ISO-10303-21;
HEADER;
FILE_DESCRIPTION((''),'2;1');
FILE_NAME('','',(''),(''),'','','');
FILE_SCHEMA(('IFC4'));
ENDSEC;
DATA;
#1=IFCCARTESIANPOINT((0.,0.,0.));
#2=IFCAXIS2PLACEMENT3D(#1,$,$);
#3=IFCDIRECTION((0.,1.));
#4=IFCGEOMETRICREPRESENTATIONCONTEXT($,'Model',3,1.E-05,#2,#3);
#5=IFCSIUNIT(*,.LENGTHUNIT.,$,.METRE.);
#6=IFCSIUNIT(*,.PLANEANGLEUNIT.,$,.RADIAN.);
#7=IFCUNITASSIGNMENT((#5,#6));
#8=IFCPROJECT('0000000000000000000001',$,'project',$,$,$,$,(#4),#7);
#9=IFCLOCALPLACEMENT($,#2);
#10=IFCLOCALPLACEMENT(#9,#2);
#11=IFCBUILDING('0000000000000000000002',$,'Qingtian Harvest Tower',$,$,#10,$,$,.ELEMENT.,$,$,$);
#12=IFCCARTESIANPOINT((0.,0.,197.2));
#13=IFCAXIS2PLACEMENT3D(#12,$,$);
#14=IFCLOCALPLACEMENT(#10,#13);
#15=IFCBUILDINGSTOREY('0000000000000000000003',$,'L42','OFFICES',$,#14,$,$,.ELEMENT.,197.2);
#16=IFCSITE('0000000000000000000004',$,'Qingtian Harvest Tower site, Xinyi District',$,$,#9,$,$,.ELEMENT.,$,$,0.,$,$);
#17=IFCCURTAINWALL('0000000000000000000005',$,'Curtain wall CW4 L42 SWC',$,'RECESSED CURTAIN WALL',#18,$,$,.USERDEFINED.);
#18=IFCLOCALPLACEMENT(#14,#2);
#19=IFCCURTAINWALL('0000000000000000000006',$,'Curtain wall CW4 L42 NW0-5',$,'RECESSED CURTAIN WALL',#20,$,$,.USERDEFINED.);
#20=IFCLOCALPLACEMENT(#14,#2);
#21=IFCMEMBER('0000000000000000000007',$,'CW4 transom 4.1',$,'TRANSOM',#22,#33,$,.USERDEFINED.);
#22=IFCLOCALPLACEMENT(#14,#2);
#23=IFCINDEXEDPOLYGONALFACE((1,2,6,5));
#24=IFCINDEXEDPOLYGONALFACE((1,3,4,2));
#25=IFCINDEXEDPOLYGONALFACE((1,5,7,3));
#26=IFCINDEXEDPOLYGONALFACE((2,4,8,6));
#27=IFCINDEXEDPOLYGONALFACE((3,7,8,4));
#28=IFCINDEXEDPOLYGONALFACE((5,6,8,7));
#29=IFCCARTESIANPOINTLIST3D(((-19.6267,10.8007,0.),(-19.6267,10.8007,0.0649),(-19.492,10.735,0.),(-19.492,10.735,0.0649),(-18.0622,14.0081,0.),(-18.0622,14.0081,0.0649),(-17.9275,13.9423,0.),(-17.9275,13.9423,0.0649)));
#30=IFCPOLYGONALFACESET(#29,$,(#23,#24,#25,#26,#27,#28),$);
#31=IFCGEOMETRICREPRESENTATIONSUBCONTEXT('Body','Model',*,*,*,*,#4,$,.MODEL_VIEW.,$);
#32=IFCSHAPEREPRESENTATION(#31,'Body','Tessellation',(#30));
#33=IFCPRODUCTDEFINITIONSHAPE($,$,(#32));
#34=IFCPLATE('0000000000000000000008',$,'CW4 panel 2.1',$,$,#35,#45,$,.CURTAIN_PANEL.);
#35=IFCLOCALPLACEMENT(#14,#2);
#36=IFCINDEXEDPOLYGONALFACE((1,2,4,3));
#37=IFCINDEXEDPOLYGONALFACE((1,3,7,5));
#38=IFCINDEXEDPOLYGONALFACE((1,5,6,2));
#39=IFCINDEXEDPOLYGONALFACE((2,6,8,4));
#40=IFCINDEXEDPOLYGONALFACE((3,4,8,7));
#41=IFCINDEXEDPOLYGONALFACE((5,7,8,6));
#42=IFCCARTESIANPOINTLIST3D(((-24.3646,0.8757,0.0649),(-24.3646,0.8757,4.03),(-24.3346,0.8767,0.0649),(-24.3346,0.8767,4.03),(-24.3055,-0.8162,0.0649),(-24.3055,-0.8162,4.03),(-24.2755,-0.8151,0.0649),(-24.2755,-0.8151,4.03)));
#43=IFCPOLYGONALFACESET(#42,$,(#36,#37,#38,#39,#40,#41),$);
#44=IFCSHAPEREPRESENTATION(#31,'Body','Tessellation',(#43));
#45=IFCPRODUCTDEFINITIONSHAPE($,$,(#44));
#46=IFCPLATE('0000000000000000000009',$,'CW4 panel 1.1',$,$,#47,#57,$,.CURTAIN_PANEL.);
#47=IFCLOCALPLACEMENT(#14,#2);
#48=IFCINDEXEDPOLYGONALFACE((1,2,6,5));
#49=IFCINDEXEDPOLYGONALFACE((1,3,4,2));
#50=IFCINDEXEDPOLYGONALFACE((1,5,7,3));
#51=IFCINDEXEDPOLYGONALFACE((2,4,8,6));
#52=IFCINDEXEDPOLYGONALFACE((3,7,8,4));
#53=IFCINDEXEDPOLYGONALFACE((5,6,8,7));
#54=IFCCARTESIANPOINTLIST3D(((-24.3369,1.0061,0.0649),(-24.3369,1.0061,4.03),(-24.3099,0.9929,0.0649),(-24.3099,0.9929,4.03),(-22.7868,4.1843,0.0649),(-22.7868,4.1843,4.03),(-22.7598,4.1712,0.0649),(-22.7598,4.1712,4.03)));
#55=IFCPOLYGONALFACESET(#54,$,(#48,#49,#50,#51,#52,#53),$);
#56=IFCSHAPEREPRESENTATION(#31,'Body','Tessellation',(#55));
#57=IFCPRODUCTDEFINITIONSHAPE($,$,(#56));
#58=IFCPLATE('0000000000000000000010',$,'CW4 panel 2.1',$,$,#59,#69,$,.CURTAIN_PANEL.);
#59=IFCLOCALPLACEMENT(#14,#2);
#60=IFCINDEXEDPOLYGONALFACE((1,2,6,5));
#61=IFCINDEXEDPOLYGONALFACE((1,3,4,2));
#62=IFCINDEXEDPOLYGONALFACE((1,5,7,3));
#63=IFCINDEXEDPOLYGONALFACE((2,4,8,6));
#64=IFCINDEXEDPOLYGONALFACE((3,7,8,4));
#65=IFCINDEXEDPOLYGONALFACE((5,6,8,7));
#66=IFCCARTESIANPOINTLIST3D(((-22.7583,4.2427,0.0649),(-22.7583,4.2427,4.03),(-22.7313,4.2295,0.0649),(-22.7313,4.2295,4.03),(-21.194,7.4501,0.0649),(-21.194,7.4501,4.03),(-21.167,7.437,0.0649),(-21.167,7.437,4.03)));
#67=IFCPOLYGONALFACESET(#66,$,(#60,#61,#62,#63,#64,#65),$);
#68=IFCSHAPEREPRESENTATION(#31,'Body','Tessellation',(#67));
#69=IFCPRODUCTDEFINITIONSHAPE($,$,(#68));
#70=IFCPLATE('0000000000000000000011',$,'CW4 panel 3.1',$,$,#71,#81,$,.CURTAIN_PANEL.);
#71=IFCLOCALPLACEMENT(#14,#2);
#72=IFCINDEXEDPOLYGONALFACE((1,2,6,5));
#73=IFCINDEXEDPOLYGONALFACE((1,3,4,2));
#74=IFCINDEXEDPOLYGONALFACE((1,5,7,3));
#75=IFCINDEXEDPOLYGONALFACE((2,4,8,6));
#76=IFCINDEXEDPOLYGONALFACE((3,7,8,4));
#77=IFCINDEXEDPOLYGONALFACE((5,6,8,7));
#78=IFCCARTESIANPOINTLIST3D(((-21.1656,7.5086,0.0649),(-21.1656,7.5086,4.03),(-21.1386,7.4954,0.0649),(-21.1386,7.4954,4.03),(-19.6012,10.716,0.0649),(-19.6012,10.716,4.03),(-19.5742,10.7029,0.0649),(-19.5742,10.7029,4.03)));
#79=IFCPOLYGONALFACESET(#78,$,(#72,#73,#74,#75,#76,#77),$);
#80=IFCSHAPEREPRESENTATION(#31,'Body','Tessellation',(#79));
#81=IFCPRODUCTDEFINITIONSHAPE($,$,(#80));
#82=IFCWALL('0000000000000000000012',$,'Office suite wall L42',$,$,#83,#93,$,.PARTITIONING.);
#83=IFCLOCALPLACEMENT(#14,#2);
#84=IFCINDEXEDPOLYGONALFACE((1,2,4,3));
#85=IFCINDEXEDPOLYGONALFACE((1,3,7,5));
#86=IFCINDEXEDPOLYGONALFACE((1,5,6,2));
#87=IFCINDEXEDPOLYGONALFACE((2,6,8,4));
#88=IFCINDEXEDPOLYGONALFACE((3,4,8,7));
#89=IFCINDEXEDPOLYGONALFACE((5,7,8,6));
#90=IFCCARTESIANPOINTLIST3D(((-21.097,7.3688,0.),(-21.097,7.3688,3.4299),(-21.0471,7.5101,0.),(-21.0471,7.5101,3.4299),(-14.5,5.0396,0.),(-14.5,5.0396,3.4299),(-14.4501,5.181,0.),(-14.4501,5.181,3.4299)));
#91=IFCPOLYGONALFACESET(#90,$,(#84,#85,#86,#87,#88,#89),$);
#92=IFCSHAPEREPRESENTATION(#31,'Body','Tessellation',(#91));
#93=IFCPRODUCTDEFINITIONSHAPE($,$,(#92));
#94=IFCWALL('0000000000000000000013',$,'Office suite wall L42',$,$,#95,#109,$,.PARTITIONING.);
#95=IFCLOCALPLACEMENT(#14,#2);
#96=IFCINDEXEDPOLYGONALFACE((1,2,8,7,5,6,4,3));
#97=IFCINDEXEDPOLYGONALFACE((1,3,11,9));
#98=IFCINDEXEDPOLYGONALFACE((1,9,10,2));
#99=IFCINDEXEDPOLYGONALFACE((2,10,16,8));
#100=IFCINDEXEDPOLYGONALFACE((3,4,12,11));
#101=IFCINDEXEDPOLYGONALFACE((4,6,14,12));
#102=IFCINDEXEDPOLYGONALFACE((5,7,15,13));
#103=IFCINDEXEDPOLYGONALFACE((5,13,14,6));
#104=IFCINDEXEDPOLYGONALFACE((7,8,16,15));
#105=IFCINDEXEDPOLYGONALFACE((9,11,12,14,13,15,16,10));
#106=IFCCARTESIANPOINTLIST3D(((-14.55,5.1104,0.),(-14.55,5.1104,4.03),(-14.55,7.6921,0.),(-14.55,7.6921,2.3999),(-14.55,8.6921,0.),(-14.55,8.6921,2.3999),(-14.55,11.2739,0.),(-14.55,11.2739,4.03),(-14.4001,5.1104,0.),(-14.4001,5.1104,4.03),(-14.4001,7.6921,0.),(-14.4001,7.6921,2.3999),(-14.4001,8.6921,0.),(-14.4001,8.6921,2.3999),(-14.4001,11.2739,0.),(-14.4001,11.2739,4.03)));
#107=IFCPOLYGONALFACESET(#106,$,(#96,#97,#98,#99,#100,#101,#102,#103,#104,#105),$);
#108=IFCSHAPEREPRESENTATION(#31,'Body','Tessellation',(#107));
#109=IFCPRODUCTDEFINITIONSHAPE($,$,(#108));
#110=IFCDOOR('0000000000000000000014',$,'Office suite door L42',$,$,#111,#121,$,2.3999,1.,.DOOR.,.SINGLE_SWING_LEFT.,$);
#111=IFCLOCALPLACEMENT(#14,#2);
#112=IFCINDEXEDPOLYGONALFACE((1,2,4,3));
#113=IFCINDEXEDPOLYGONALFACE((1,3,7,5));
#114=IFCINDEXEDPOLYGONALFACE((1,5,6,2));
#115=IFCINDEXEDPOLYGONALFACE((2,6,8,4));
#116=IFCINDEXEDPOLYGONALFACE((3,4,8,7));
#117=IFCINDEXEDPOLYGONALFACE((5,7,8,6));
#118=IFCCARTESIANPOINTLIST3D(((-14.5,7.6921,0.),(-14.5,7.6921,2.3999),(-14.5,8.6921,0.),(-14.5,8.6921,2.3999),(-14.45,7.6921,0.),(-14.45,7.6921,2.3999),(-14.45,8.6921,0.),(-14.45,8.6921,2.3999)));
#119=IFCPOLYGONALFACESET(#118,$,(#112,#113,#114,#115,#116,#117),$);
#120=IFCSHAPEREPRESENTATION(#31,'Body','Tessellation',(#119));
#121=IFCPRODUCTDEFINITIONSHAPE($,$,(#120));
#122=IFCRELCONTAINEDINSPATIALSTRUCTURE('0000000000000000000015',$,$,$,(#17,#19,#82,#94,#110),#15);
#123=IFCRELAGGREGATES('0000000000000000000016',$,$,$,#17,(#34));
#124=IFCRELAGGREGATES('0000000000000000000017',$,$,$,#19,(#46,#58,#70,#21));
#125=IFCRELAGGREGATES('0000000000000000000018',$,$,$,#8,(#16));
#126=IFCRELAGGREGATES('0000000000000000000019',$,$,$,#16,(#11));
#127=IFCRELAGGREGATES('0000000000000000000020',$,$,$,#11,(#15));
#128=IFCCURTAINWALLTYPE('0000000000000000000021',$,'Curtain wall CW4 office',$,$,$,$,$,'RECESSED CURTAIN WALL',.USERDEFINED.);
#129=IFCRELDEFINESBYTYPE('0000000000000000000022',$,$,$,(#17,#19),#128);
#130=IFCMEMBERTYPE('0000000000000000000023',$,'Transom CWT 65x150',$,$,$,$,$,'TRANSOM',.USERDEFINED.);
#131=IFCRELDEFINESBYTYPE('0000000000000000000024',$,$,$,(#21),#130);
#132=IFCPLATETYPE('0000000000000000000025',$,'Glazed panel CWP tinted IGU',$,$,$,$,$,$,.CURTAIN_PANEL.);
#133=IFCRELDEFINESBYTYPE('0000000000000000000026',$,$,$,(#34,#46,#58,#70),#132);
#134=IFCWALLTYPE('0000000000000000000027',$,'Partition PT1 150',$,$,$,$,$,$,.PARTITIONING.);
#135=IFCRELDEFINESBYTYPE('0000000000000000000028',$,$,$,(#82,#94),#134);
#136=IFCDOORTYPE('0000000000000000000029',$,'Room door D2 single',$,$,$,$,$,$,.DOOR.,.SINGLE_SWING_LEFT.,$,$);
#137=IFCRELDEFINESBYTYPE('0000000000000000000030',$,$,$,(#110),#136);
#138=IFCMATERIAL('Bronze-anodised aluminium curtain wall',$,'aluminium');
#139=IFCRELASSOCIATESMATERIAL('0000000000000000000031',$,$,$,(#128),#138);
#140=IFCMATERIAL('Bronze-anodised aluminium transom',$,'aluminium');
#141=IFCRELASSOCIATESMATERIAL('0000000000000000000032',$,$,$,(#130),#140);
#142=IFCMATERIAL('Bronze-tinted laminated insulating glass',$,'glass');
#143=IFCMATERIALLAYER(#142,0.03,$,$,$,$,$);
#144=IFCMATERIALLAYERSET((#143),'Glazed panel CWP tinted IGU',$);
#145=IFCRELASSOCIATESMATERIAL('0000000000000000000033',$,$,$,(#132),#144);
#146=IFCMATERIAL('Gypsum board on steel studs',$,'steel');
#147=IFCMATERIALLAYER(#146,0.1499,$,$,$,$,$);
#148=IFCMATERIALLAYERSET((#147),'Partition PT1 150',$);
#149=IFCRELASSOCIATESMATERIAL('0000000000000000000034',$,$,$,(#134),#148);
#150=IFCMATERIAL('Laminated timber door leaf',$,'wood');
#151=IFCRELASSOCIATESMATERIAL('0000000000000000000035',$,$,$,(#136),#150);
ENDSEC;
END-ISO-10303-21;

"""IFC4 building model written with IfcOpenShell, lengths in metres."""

from ifc_helpers import new_model, si_unit, direction, frame, frame_2d, origin, origin_2d, place, context, subcontext, project, spatial, rectangle, extrude, material, layer, layer_set, material_profile, profile_set, type_object, element, fill, aggregate, save


model = new_model("IFC4")

# Units and contexts
model_context = context("Model", 3, precision=1e-05, world=origin(), true_north=direction((0.0, 1.0)))
body_context = subcontext(model_context, "Body", "Model", "MODEL_VIEW")
ifc_project = project(units=[si_unit("LENGTHUNIT", "METRE"), si_unit("PLANEANGLEUNIT", "RADIAN")], contexts=[model_context])

# Site, building, storey
site_placement = place(None, origin())
site = spatial("IfcSite", under=ifc_project, at=site_placement, Name="Qingtian Harvest Tower site, Xinyi District", CompositionType="ELEMENT", RefElevation=0.0)
building_placement = place(site_placement, origin())
building = spatial("IfcBuilding", under=site, at=building_placement, Name="Qingtian Harvest Tower", CompositionType="ELEMENT")
storey_placement = place(building_placement, frame((0.0, 0.0, 197.2)))
storey = spatial("IfcBuildingStorey", under=building, at=storey_placement, Name="L42", Description="OFFICES", CompositionType="ELEMENT", Elevation=197.2)

# Curtain wall
ifc_material_1 = material(Name="Bronze-anodised aluminium curtain wall", Category="aluminium")
curtain_wall_type = type_object("IfcCurtainWallType", Name="Curtain wall CW4 office", ElementType="RECESSED CURTAIN WALL", PredefinedType="USERDEFINED", material=ifc_material_1)
curtain_wall_1_placement = place(storey_placement, origin())
curtain_wall_1 = element("IfcCurtainWall", 1, at=curtain_wall_1_placement, inside=storey, type_object=curtain_wall_type, Name="Curtain wall CW4 L42 SWC", ObjectType="RECESSED CURTAIN WALL", PredefinedType="USERDEFINED")

# Curtain wall
curtain_wall_2_placement = place(storey_placement, origin())
curtain_wall_2 = element("IfcCurtainWall", 2, at=curtain_wall_2_placement, inside=storey, type_object=curtain_wall_type, Name="Curtain wall CW4 L42 NW0-5", ObjectType="RECESSED CURTAIN WALL", PredefinedType="USERDEFINED")

# Member
ifc_material_2 = material(Name="Bronze-anodised aluminium transom", Category="aluminium")
ifc_material_profile_1 = material_profile(ifc_material_2, rectangle(XDim=0.1499, YDim=0.0649, at=origin_2d()), Name="AL 65x150")
ifc_profile_set_1 = profile_set([ifc_material_profile_1], Name="Bronze-anodised aluminium transom")
member_type_1 = type_object("IfcMemberType", Name="Transom CWT 65x150", ElementType="TRANSOM", PredefinedType="USERDEFINED", material=ifc_profile_set_1)
member_1_placement = place(storey_placement, frame((-19.5593, 10.7678, 0.0325), z_axis=(0.438407, 0.898776, 0.0), x_axis=(-0.898776, 0.438407, 0.0)))
member_1 = element("IfcMember", 3, at=member_1_placement, type_object=member_type_1, Name="CW4 transom 4.1", ObjectType="TRANSOM", PredefinedType="USERDEFINED", context=body_context, shape_type="SweptSolid", body=[
    extrude(rectangle(XDim=0.1499, YDim=0.0649, at=origin_2d()), origin(), (0.0, 0.0, 1.0), 3.5686),
])

# Plates
ifc_material_3 = material(Name="Bronze-tinted laminated insulating glass", Category="glass")
ifc_layer_1 = layer(ifc_material_3, 0.03)
ifc_layer_set_1 = layer_set([ifc_layer_1], Name="Glazed panel CWP tinted IGU")
plate_type = type_object("IfcPlateType", Name="Glazed panel CWP tinted IGU", PredefinedType="CURTAIN_PANEL", material=ifc_layer_set_1)
plate_1_placement = place(storey_placement, frame((-24.3201, 0.0303, 0.0649), z_axis=(0.0, 0.0, 1.0), x_axis=(-0.034899, 0.999391, 0.0)))
plate_1 = element("IfcPlate", 4, at=plate_1_placement, type_object=plate_type, Name="CW4 panel 2.1", PredefinedType="CURTAIN_PANEL", context=body_context, shape_type="SweptSolid", body=[
    extrude(rectangle(XDim=1.6929, YDim=0.03, at=origin_2d()), origin(), (0.0, 0.0, 1.0), 3.9651),
])
aggregate(curtain_wall_1, [plate_1])
plate_2_placement = place(storey_placement, frame((-23.5483, 2.5886, 0.0649), z_axis=(0.0, 0.0, 1.0), x_axis=(0.438371, 0.898794, 0.0)))
plate_2 = element("IfcPlate", 5, at=plate_2_placement, type_object=plate_type, Name="CW4 panel 1.1", PredefinedType="CURTAIN_PANEL", context=body_context, shape_type="SweptSolid", body=[
    extrude(rectangle(XDim=3.5361, YDim=0.03, at=origin_2d()), origin(), (0.0, 0.0, 1.0), 3.9651),
])
plate_3_placement = place(storey_placement, frame((-21.9626, 5.8398, 0.0649), z_axis=(0.0, 0.0, 1.0), x_axis=(0.438371, 0.898794, 0.0)))
plate_3 = element("IfcPlate", 6, at=plate_3_placement, type_object=plate_type, Name="CW4 panel 2.1", PredefinedType="CURTAIN_PANEL", context=body_context, shape_type="SweptSolid", body=[
    extrude(rectangle(XDim=3.5686, YDim=0.03, at=origin_2d()), origin(), (0.0, 0.0, 1.0), 3.9651),
])
plate_4_placement = place(storey_placement, frame((-20.3699, 9.1057, 0.0649), z_axis=(0.0, 0.0, 1.0), x_axis=(0.438371, 0.898794, 0.0)))
plate_4 = element("IfcPlate", 7, at=plate_4_placement, type_object=plate_type, Name="CW4 panel 3.1", PredefinedType="CURTAIN_PANEL", context=body_context, shape_type="SweptSolid", body=[
    extrude(rectangle(XDim=3.5686, YDim=0.03, at=origin_2d()), origin(), (0.0, 0.0, 1.0), 3.9651),
])
aggregate(curtain_wall_2, [plate_2, plate_3, plate_4, member_1])

# Wall
ifc_material_4 = material(Name="Gypsum board on steel studs", Category="steel")
ifc_layer_2 = layer(ifc_material_4, 0.1499)
ifc_layer_set_2 = layer_set([ifc_layer_2], Name="Partition PT1 150")
wall_type = type_object("IfcWallType", Name="Partition PT1 150", PredefinedType="PARTITIONING", material=ifc_layer_set_2)
wall_1_placement = place(storey_placement, frame((-21.072, 7.4395, 0.0), z_axis=(0.0, 0.0, 1.0), x_axis=(0.942956, -0.332919, 0.0)))
element("IfcWall", 8, at=wall_1_placement, inside=storey, type_object=wall_type, Name="Office suite wall L42", PredefinedType="PARTITIONING", context=body_context, shape_type="SweptSolid", body=[
    extrude(rectangle(XDim=6.9961, YDim=0.1499, at=frame_2d((3.498, 0.0))), origin(), (0.0, 0.0, 1.0), 3.4299),
])

# Wall, opening, door
wall_2_placement = place(storey_placement, frame((-14.4751, 5.1104, 0.0), z_axis=(0.0, 0.0, 1.0), x_axis=(0.0, 1.0, 0.0)))
wall_2 = element("IfcWall", 9, at=wall_2_placement, inside=storey, type_object=wall_type, Name="Office suite wall L42", PredefinedType="PARTITIONING", context=body_context, shape_type="SweptSolid", body=[
    extrude(rectangle(XDim=6.1636, YDim=0.1499, at=frame_2d((3.0818, 0.0))), origin(), (0.0, 0.0, 1.0), 4.03),
])
opening_placement = place(wall_2_placement, frame((2.5818, 0.0, 0.0)))
opening = element("IfcOpeningElement", 10, at=opening_placement, cuts=wall_2, PredefinedType="OPENING", context=body_context, shape_type="SweptSolid", body=[
    extrude(rectangle(XDim=1.0, YDim=2.3999, at=frame_2d((0.5, 1.2))), frame((0.0, 0.085, 0.0), z_axis=(0.0, -1.0, 0.0), x_axis=(1.0, 0.0, 0.0)), (0.0, 0.0, 1.0), 0.1699),
])
ifc_material_5 = material(Name="Laminated timber door leaf", Category="wood")
door_type = type_object("IfcDoorType", Name="Room door D2 single", OperationType="SINGLE_SWING_LEFT", PredefinedType="DOOR", material=ifc_material_5)
door_placement = place(opening_placement, origin())
door = element("IfcDoor", 11, at=door_placement, inside=storey, type_object=door_type, Name="Office suite door L42", OperationType="SINGLE_SWING_LEFT", OverallHeight=2.3999, OverallWidth=1.0, PredefinedType="DOOR", context=body_context, shape_type="SweptSolid", body=[
    extrude(rectangle(XDim=1.0, YDim=2.3999, at=frame_2d((0.5, 1.2))), frame((0.0, 0.0249, 0.0), z_axis=(0.0, -1.0, 0.0), x_axis=(1.0, 0.0, 0.0)), (0.0, 0.0, 1.0), 0.05),
])
fill(opening, door)

save(model, "model.ifc")
